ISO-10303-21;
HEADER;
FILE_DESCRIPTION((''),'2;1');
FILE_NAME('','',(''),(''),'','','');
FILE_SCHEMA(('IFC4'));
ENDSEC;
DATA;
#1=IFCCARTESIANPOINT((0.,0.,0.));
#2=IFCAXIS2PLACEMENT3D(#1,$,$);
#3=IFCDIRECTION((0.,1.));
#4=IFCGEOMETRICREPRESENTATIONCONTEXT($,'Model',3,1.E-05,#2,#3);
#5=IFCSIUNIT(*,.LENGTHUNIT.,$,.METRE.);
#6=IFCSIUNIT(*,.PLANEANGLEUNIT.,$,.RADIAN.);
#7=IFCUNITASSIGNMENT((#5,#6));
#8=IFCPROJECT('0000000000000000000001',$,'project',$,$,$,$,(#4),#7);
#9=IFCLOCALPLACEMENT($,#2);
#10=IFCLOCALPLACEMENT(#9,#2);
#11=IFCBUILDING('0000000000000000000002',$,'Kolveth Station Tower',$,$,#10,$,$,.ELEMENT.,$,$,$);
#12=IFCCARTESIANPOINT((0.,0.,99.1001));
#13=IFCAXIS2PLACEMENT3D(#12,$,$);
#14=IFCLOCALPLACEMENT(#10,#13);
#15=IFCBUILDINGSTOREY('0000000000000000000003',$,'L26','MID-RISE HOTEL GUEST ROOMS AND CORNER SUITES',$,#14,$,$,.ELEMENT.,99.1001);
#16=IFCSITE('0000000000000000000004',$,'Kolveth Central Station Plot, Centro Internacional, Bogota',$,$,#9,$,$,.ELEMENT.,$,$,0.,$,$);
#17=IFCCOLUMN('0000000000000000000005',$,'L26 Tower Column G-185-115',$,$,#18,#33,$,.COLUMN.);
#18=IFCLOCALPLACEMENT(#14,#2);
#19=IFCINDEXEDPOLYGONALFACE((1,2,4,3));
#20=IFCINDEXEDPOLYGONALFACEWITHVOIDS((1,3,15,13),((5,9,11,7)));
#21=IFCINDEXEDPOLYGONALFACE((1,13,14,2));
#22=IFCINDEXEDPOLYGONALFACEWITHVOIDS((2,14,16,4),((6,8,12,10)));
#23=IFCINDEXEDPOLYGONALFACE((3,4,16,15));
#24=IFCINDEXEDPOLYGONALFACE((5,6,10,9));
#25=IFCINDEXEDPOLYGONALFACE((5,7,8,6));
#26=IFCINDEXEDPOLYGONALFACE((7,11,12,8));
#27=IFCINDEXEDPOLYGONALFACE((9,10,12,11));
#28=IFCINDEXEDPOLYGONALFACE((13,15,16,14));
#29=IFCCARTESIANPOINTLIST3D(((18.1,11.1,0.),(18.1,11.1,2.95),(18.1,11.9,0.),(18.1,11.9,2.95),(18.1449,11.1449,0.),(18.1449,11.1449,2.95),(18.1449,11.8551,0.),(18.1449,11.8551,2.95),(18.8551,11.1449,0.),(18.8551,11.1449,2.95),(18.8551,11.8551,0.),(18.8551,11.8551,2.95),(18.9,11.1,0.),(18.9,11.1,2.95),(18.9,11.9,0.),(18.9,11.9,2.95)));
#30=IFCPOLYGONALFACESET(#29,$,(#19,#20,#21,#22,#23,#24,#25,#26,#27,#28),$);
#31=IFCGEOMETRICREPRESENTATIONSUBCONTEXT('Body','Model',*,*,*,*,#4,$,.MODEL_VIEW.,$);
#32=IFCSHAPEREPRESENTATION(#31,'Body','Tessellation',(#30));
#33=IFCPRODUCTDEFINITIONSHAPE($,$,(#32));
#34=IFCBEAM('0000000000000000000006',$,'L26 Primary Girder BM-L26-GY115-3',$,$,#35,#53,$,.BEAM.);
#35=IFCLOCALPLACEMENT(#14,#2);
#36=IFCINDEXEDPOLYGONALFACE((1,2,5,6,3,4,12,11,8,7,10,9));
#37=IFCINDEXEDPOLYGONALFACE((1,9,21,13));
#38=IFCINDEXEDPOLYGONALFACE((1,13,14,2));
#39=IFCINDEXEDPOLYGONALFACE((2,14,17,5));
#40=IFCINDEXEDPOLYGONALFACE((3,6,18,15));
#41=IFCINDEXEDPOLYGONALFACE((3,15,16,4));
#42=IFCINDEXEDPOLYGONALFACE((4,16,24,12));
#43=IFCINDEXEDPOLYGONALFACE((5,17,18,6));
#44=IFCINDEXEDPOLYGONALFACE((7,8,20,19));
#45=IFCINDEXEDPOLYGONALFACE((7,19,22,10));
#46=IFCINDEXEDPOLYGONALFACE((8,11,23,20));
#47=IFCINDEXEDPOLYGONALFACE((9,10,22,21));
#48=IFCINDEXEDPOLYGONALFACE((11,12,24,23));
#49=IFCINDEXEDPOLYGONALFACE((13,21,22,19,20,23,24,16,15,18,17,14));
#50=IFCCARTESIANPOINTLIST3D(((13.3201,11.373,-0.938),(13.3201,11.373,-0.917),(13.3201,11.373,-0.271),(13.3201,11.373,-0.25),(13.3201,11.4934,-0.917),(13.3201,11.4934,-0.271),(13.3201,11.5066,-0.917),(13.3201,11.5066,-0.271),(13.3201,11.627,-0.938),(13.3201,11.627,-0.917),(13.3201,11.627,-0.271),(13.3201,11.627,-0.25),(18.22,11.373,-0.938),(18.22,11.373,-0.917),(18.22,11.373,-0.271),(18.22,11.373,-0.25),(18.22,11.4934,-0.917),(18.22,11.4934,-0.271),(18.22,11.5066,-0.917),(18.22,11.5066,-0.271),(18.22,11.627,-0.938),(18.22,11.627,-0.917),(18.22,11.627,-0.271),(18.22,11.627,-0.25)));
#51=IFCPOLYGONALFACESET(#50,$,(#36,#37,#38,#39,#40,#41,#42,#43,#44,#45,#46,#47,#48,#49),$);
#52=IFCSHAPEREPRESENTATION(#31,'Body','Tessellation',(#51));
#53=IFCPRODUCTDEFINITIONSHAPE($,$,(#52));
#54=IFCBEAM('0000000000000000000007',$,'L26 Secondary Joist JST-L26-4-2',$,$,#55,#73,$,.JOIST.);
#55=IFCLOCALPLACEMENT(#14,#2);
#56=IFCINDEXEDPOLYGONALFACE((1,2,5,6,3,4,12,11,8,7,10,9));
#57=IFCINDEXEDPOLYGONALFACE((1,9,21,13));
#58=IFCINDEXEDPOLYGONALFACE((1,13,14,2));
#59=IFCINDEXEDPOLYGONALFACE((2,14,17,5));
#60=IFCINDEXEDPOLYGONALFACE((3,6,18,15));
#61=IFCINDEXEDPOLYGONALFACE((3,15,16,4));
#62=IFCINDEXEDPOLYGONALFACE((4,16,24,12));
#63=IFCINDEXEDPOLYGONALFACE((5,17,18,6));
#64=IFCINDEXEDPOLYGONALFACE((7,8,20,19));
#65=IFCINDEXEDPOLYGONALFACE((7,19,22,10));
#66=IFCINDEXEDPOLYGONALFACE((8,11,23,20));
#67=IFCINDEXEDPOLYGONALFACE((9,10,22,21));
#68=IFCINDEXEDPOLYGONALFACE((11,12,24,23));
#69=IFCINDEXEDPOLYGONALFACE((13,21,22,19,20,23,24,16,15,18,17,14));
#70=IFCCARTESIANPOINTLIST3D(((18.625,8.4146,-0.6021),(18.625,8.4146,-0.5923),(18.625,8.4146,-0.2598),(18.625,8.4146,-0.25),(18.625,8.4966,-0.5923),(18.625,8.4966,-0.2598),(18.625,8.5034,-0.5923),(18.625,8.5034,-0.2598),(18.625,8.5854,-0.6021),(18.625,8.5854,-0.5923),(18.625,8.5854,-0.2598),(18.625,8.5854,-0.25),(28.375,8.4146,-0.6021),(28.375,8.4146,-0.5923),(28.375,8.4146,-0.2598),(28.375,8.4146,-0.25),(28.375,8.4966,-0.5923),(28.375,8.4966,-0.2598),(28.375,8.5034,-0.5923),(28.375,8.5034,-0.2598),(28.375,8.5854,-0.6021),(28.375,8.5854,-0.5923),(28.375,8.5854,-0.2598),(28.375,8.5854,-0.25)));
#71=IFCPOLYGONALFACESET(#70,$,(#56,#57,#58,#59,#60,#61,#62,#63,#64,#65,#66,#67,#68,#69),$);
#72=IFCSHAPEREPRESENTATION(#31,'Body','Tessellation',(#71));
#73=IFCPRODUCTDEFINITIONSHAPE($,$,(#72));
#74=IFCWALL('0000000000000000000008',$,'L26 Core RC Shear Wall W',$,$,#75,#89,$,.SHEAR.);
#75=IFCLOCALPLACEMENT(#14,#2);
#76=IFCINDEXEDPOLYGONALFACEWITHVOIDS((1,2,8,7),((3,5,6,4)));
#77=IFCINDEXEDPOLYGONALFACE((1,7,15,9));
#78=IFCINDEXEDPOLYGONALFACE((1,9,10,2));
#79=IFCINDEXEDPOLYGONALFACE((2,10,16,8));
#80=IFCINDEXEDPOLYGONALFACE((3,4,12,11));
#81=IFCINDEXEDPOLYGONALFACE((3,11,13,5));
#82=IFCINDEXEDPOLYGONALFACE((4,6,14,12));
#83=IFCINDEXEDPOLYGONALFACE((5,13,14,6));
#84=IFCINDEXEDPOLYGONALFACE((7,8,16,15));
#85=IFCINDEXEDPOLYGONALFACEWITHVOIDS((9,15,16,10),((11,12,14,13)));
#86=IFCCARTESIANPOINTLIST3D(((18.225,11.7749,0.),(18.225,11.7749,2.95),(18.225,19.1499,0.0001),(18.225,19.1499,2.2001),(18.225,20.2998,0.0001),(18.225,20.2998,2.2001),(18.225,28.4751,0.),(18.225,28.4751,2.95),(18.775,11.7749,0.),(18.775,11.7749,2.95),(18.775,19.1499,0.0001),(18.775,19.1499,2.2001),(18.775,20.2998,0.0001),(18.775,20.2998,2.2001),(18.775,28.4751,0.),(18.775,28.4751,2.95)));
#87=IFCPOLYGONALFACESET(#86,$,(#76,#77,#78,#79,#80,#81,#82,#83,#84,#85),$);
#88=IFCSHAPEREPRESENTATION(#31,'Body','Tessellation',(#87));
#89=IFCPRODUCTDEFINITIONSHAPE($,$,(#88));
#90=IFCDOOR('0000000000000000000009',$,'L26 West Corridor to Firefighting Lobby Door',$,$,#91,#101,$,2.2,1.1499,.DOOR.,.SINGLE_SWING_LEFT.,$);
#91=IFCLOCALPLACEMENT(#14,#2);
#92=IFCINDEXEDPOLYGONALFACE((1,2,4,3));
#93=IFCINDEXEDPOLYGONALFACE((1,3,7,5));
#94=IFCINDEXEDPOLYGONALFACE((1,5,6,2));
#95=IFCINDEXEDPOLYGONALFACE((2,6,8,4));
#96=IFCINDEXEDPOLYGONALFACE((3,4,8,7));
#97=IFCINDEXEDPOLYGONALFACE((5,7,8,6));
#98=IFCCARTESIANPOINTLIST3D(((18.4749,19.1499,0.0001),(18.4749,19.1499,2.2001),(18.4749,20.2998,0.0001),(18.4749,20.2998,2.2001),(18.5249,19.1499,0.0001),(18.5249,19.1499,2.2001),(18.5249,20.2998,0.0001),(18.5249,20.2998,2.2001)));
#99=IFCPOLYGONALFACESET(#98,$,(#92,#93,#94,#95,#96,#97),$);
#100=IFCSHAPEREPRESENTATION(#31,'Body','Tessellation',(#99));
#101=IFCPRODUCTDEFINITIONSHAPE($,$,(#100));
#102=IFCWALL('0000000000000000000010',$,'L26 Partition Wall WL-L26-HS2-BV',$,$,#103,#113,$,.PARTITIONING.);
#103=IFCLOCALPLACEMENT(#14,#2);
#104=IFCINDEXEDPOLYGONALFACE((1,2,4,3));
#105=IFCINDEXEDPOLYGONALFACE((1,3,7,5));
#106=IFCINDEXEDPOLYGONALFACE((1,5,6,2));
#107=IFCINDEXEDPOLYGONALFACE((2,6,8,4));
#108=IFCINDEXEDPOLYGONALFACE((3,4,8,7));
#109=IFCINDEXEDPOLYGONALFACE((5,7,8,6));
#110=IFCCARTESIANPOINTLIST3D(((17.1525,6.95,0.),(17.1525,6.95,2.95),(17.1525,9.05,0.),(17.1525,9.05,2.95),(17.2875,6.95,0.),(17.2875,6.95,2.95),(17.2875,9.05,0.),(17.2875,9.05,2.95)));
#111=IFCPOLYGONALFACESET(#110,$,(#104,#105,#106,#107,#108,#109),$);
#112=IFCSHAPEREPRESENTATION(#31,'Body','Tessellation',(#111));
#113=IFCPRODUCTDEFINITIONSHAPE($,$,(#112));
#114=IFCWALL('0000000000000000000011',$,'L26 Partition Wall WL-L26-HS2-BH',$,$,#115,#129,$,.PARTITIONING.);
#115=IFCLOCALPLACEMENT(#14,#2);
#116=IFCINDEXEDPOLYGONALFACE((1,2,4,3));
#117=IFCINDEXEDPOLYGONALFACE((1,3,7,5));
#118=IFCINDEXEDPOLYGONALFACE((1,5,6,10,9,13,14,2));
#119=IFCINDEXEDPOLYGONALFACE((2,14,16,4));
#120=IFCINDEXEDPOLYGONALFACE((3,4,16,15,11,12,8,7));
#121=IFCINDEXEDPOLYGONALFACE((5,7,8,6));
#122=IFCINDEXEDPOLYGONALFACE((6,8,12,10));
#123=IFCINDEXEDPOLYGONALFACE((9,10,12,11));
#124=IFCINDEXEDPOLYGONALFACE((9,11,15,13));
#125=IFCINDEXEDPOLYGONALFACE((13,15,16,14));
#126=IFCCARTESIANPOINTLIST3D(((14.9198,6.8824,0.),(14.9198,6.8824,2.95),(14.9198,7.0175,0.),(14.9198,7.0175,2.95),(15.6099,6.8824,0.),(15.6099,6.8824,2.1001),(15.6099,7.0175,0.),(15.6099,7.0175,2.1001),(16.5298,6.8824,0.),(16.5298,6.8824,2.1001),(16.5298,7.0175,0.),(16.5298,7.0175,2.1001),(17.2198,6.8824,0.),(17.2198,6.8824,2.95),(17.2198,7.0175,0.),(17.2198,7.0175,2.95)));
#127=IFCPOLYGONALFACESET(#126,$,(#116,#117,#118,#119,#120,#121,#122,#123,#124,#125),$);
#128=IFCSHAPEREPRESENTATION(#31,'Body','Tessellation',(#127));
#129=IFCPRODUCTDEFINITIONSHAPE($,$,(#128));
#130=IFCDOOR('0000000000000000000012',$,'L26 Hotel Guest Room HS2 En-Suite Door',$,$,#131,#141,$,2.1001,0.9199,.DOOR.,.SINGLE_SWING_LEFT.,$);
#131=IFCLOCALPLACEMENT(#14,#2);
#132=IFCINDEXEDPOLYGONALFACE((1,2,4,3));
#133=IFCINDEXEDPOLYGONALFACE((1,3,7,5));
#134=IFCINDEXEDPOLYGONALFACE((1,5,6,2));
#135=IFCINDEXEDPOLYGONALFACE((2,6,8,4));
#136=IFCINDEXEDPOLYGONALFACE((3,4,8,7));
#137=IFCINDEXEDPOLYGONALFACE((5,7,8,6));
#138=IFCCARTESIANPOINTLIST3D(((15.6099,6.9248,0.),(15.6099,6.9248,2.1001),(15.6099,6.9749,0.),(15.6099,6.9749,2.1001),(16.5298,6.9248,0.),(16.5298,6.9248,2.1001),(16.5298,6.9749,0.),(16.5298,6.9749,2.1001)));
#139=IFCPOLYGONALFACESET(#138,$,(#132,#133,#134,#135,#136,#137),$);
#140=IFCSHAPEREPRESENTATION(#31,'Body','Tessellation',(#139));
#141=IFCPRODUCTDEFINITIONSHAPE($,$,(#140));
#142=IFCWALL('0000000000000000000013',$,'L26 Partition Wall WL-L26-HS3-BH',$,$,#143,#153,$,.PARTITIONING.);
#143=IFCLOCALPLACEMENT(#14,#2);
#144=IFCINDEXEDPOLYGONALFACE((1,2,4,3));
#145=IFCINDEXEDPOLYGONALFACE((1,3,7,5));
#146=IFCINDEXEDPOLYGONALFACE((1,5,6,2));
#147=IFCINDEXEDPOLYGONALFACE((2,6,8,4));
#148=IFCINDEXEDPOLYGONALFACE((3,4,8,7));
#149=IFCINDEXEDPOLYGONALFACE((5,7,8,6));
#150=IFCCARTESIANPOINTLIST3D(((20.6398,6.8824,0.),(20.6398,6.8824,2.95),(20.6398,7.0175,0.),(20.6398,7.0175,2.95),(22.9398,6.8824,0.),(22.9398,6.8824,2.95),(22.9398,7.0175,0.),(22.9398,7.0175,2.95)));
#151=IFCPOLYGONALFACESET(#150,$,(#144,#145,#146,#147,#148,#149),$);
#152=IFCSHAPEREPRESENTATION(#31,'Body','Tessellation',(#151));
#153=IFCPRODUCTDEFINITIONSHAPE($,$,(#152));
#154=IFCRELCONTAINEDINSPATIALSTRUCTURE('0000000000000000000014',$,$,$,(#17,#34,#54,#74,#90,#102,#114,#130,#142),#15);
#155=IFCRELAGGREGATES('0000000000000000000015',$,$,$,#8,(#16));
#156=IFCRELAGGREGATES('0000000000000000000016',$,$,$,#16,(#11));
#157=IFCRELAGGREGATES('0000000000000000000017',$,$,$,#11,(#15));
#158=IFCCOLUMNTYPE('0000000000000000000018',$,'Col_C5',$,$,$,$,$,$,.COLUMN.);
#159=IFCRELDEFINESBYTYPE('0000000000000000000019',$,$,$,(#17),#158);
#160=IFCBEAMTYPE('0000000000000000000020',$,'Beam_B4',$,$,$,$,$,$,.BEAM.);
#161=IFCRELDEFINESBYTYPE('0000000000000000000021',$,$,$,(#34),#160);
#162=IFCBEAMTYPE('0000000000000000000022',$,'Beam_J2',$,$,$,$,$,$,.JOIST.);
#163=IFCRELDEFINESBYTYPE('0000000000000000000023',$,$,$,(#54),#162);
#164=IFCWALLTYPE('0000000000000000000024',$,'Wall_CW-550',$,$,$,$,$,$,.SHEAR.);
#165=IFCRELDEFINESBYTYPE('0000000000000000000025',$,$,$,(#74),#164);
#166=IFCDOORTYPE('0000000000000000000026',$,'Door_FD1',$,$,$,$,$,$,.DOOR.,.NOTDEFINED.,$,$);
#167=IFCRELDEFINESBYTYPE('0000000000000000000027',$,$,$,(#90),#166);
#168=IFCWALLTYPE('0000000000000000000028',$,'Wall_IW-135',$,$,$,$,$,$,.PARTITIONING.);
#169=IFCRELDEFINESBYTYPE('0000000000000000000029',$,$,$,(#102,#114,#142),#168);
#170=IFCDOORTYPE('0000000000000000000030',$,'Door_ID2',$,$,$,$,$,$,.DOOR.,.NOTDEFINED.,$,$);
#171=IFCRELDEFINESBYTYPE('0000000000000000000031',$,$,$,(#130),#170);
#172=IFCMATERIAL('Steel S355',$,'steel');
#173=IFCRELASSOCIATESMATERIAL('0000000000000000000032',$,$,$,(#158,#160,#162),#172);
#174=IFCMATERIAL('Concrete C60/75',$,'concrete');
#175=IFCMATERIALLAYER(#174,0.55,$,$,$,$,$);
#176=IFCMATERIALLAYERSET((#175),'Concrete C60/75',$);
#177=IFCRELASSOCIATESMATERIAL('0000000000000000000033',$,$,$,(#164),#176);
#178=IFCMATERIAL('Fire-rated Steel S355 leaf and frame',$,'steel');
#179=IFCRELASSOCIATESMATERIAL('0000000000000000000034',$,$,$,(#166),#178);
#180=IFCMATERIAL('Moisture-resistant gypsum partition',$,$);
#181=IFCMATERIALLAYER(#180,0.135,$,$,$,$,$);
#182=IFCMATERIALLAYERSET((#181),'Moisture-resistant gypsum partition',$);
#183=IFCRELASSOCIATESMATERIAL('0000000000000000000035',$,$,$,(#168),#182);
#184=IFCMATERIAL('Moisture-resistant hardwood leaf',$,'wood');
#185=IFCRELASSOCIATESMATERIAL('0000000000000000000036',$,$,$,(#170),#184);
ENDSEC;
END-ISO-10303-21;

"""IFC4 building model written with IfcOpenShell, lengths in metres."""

from ifc_helpers import new_model, si_unit, direction, frame, frame_2d, origin, origin_2d, place, context, subcontext, project, spatial, rectangle, hollow_rectangle, i_section, extrude, source, transform, mapped, material, layer, layer_set, material_profile, profile_set, type_object, element, fill, save


model = new_model("IFC4")

# Units and contexts
model_context = context("Model", 3, precision=1e-05, world=origin(), true_north=direction((0.0, 1.0)))
body_context = subcontext(model_context, "Body", "Model", "MODEL_VIEW")
ifc_project = project(units=[si_unit("LENGTHUNIT", "METRE"), si_unit("PLANEANGLEUNIT", "RADIAN")], contexts=[model_context])

# Site, building, storey
site_placement = place(None, origin())
site = spatial("IfcSite", under=ifc_project, at=site_placement, Name="Kolveth Central Station Plot, Centro Internacional, Bogota", CompositionType="ELEMENT", RefElevation=0.0)
building_placement = place(site_placement, origin())
building = spatial("IfcBuilding", under=site, at=building_placement, Name="Kolveth Station Tower", CompositionType="ELEMENT")
storey_placement = place(building_placement, frame((0.0, 0.0, 99.1001)))
storey = spatial("IfcBuildingStorey", under=building, at=storey_placement, Name="L26", Description="MID-RISE HOTEL GUEST ROOMS AND CORNER SUITES", CompositionType="ELEMENT", Elevation=99.1001)

# Column
ifc_material_1 = material(Name="Steel S355", Category="steel")
ifc_material_profile_1 = material_profile(ifc_material_1, hollow_rectangle(XDim=0.8, YDim=0.8, WallThickness=0.0449, at=origin_2d()), Name="BOX800x800x45")
ifc_profile_set_1 = profile_set([ifc_material_profile_1], Name="Steel S355")
column_type = type_object("IfcColumnType", Name="Col_C5", PredefinedType="COLUMN", material=ifc_profile_set_1)
shared_shape_1 = source(origin(), body_context, "Body", "SweptSolid", [
    extrude(hollow_rectangle(XDim=0.8, YDim=0.8, WallThickness=0.0449, at=origin_2d()), origin(), (0.0, 0.0, 1.0), 2.95),
])
column_placement = place(storey_placement, frame((18.5, 11.5, 0.0), z_axis=(0.0, 0.0, 1.0), x_axis=(1.0, 0.0, 0.0)))
element("IfcColumn", 1, at=column_placement, inside=storey, type_object=column_type, Name="L26 Tower Column G-185-115", PredefinedType="COLUMN", context=body_context, shape_type="MappedRepresentation", body=[
    mapped(shared_shape_1, transform((0.0, 0.0, 0.0), x_axis=(1.0, 0.0, 0.0), y_axis=(0.0, 1.0, 0.0), z_axis=(0.0, 0.0, 1.0), scale=1.0)),
])

# Beams
ifc_material_profile_2 = material_profile(ifc_material_1, i_section(OverallWidth=0.2539, OverallDepth=0.688, WebThickness=0.0132, FlangeThickness=0.021, at=origin_2d()), Name="W690x152")
ifc_profile_set_2 = profile_set([ifc_material_profile_2], Name="Steel S355")
beam_type_1 = type_object("IfcBeamType", Name="Beam_B4", PredefinedType="BEAM", material=ifc_profile_set_2)
shared_shape_2 = source(origin(), body_context, "Body", "SweptSolid", [
    extrude(i_section(OverallWidth=0.2539, OverallDepth=0.688, WebThickness=0.0132, FlangeThickness=0.021, at=origin_2d()), origin(), (0.0, 0.0, 1.0), 4.8999),
])
beam_1_placement = place(storey_placement, frame((13.3201, 11.5, -0.594), z_axis=(1.0, 0.0, 0.0), x_axis=(0.0, 1.0, 0.0)))
element("IfcBeam", 2, at=beam_1_placement, inside=storey, type_object=beam_type_1, Name="L26 Primary Girder BM-L26-GY115-3", PredefinedType="BEAM", context=body_context, shape_type="MappedRepresentation", body=[
    mapped(shared_shape_2, transform((0.0, 0.0, 0.0), x_axis=(1.0, 0.0, 0.0), y_axis=(0.0, 1.0, 0.0), z_axis=(0.0, 0.0, 1.0), scale=1.0)),
])
ifc_material_profile_3 = material_profile(ifc_material_1, i_section(OverallWidth=0.1709, OverallDepth=0.3521, WebThickness=0.0068, FlangeThickness=0.0098, at=origin_2d()), Name="W360x44")
ifc_profile_set_3 = profile_set([ifc_material_profile_3], Name="Steel S355")
beam_type_2 = type_object("IfcBeamType", Name="Beam_J2", PredefinedType="JOIST", material=ifc_profile_set_3)
shared_shape_3 = source(origin(), body_context, "Body", "SweptSolid", [
    extrude(i_section(OverallWidth=0.1709, OverallDepth=0.3521, WebThickness=0.0068, FlangeThickness=0.0098, at=origin_2d()), origin(), (0.0, 0.0, 1.0), 9.75),
])
beam_2_placement = place(storey_placement, frame((18.625, 8.5, -0.426), z_axis=(1.0, 0.0, 0.0), x_axis=(0.0, 1.0, 0.0)))
element("IfcBeam", 3, at=beam_2_placement, inside=storey, type_object=beam_type_2, Name="L26 Secondary Joist JST-L26-4-2", PredefinedType="JOIST", context=body_context, shape_type="MappedRepresentation", body=[
    mapped(shared_shape_3, transform((0.0, 0.0, 0.0), x_axis=(1.0, 0.0, 0.0), y_axis=(0.0, 1.0, 0.0), z_axis=(0.0, 0.0, 1.0), scale=1.0)),
])

# Shared definitions
ifc_material_2 = material(Name="Concrete C60/75", Category="concrete")
ifc_layer_1 = layer(ifc_material_2, 0.55)
ifc_layer_set_1 = layer_set([ifc_layer_1], Name="Concrete C60/75")
wall_type_1 = type_object("IfcWallType", Name="Wall_CW-550", PredefinedType="SHEAR", material=ifc_layer_set_1)

# Wall, opening, door
wall_1_placement = place(storey_placement, frame((18.5, 11.7749, 0.0), z_axis=(0.0, 0.0, 1.0), x_axis=(0.0, 1.0, 0.0)))
wall_1 = element("IfcWall", 4, at=wall_1_placement, inside=storey, type_object=wall_type_1, Name="L26 Core RC Shear Wall W", PredefinedType="SHEAR", context=body_context, shape_type="SweptSolid", body=[
    extrude(rectangle(XDim=16.7002, YDim=0.55, at=frame_2d((8.3501, 0.0))), origin(), (0.0, 0.0, 1.0), 2.95),
])
opening_1_placement = place(wall_1_placement, frame((7.375, 0.0, 0.0)))
opening_1 = element("IfcOpeningElement", 5, at=opening_1_placement, cuts=wall_1, PredefinedType="OPENING", context=body_context, shape_type="SweptSolid", body=[
    extrude(rectangle(XDim=1.1499, YDim=2.2, at=frame_2d((0.575, 1.1001))), frame((0.0, 0.2849, 0.0), z_axis=(0.0, -1.0, 0.0), x_axis=(1.0, 0.0, 0.0)), (0.0, 0.0, 1.0), 0.5701),
])
ifc_material_3 = material(Name="Fire-rated Steel S355 leaf and frame", Category="steel")
door_type_1 = type_object("IfcDoorType", Name="Door_FD1", OperationType="NOTDEFINED", PredefinedType="DOOR", material=ifc_material_3)
door_1_placement = place(opening_1_placement, frame((1.1499, 0.0, 0.0), z_axis=(0.0, 0.0, 1.0), x_axis=(-1.0, 0.0, 0.0)))
door_1 = element("IfcDoor", 6, at=door_1_placement, inside=storey, type_object=door_type_1, Name="L26 West Corridor to Firefighting Lobby Door", OperationType="SINGLE_SWING_LEFT", OverallHeight=2.2, OverallWidth=1.1499, PredefinedType="DOOR", context=body_context, shape_type="SweptSolid", body=[
    extrude(rectangle(XDim=1.1499, YDim=2.2, at=frame_2d((0.575, 1.1001))), frame((0.0, 0.0249, 0.0), z_axis=(0.0, -1.0, 0.0), x_axis=(1.0, 0.0, 0.0)), (0.0, 0.0, 1.0), 0.05),
])
fill(opening_1, door_1)

# Wall
ifc_material_4 = material(Name="Moisture-resistant gypsum partition")
ifc_layer_2 = layer(ifc_material_4, 0.135)
ifc_layer_set_2 = layer_set([ifc_layer_2], Name="Moisture-resistant gypsum partition")
wall_type_2 = type_object("IfcWallType", Name="Wall_IW-135", PredefinedType="PARTITIONING", material=ifc_layer_set_2)
wall_2_placement = place(storey_placement, frame((17.22, 6.95, 0.0), z_axis=(0.0, 0.0, 1.0), x_axis=(0.0, 1.0, 0.0)))
element("IfcWall", 7, at=wall_2_placement, inside=storey, type_object=wall_type_2, Name="L26 Partition Wall WL-L26-HS2-BV", PredefinedType="PARTITIONING", context=body_context, shape_type="SweptSolid", body=[
    extrude(rectangle(XDim=2.1001, YDim=0.135, at=frame_2d((1.05, 0.0))), origin(), (0.0, 0.0, 1.0), 2.95),
])

# Wall, opening, door
wall_3_placement = place(storey_placement, frame((14.9199, 6.95, 0.0), z_axis=(0.0, 0.0, 1.0), x_axis=(1.0, 0.0, 0.0)))
wall_3 = element("IfcWall", 8, at=wall_3_placement, inside=storey, type_object=wall_type_2, Name="L26 Partition Wall WL-L26-HS2-BH", PredefinedType="PARTITIONING", context=body_context, shape_type="SweptSolid", body=[
    extrude(rectangle(XDim=2.3, YDim=0.135, at=frame_2d((1.1499, 0.0))), origin(), (0.0, 0.0, 1.0), 2.95),
])
opening_2_placement = place(wall_3_placement, frame((0.6899, 0.0, 0.0)))
opening_2 = element("IfcOpeningElement", 9, at=opening_2_placement, cuts=wall_3, PredefinedType="OPENING", context=body_context, shape_type="SweptSolid", body=[
    extrude(rectangle(XDim=0.9199, YDim=2.1001, at=frame_2d((0.46, 1.05))), frame((0.0, 0.0774, 0.0), z_axis=(0.0, -1.0, 0.0), x_axis=(1.0, 0.0, 0.0)), (0.0, 0.0, 1.0), 0.155),
])
ifc_material_5 = material(Name="Moisture-resistant hardwood leaf", Category="wood")
door_type_2 = type_object("IfcDoorType", Name="Door_ID2", OperationType="NOTDEFINED", PredefinedType="DOOR", material=ifc_material_5)
door_2_placement = place(opening_2_placement, origin())
door_2 = element("IfcDoor", 10, at=door_2_placement, inside=storey, type_object=door_type_2, Name="L26 Hotel Guest Room HS2 En-Suite Door", OperationType="SINGLE_SWING_LEFT", OverallHeight=2.1001, OverallWidth=0.9199, PredefinedType="DOOR", context=body_context, shape_type="SweptSolid", body=[
    extrude(rectangle(XDim=0.9199, YDim=2.1001, at=frame_2d((0.46, 1.05))), frame((0.0, 0.0249, 0.0), z_axis=(0.0, -1.0, 0.0), x_axis=(1.0, 0.0, 0.0)), (0.0, 0.0, 1.0), 0.05),
])
fill(opening_2, door_2)

# Wall
wall_4_placement = place(storey_placement, frame((20.6399, 6.95, 0.0), z_axis=(0.0, 0.0, 1.0), x_axis=(1.0, 0.0, 0.0)))
element("IfcWall", 11, at=wall_4_placement, inside=storey, type_object=wall_type_2, Name="L26 Partition Wall WL-L26-HS3-BH", PredefinedType="PARTITIONING", context=body_context, shape_type="SweptSolid", body=[
    extrude(rectangle(XDim=2.3, YDim=0.135, at=frame_2d((1.1499, 0.0))), origin(), (0.0, 0.0, 1.0), 2.95),
])

save(model, "model.ifc")
